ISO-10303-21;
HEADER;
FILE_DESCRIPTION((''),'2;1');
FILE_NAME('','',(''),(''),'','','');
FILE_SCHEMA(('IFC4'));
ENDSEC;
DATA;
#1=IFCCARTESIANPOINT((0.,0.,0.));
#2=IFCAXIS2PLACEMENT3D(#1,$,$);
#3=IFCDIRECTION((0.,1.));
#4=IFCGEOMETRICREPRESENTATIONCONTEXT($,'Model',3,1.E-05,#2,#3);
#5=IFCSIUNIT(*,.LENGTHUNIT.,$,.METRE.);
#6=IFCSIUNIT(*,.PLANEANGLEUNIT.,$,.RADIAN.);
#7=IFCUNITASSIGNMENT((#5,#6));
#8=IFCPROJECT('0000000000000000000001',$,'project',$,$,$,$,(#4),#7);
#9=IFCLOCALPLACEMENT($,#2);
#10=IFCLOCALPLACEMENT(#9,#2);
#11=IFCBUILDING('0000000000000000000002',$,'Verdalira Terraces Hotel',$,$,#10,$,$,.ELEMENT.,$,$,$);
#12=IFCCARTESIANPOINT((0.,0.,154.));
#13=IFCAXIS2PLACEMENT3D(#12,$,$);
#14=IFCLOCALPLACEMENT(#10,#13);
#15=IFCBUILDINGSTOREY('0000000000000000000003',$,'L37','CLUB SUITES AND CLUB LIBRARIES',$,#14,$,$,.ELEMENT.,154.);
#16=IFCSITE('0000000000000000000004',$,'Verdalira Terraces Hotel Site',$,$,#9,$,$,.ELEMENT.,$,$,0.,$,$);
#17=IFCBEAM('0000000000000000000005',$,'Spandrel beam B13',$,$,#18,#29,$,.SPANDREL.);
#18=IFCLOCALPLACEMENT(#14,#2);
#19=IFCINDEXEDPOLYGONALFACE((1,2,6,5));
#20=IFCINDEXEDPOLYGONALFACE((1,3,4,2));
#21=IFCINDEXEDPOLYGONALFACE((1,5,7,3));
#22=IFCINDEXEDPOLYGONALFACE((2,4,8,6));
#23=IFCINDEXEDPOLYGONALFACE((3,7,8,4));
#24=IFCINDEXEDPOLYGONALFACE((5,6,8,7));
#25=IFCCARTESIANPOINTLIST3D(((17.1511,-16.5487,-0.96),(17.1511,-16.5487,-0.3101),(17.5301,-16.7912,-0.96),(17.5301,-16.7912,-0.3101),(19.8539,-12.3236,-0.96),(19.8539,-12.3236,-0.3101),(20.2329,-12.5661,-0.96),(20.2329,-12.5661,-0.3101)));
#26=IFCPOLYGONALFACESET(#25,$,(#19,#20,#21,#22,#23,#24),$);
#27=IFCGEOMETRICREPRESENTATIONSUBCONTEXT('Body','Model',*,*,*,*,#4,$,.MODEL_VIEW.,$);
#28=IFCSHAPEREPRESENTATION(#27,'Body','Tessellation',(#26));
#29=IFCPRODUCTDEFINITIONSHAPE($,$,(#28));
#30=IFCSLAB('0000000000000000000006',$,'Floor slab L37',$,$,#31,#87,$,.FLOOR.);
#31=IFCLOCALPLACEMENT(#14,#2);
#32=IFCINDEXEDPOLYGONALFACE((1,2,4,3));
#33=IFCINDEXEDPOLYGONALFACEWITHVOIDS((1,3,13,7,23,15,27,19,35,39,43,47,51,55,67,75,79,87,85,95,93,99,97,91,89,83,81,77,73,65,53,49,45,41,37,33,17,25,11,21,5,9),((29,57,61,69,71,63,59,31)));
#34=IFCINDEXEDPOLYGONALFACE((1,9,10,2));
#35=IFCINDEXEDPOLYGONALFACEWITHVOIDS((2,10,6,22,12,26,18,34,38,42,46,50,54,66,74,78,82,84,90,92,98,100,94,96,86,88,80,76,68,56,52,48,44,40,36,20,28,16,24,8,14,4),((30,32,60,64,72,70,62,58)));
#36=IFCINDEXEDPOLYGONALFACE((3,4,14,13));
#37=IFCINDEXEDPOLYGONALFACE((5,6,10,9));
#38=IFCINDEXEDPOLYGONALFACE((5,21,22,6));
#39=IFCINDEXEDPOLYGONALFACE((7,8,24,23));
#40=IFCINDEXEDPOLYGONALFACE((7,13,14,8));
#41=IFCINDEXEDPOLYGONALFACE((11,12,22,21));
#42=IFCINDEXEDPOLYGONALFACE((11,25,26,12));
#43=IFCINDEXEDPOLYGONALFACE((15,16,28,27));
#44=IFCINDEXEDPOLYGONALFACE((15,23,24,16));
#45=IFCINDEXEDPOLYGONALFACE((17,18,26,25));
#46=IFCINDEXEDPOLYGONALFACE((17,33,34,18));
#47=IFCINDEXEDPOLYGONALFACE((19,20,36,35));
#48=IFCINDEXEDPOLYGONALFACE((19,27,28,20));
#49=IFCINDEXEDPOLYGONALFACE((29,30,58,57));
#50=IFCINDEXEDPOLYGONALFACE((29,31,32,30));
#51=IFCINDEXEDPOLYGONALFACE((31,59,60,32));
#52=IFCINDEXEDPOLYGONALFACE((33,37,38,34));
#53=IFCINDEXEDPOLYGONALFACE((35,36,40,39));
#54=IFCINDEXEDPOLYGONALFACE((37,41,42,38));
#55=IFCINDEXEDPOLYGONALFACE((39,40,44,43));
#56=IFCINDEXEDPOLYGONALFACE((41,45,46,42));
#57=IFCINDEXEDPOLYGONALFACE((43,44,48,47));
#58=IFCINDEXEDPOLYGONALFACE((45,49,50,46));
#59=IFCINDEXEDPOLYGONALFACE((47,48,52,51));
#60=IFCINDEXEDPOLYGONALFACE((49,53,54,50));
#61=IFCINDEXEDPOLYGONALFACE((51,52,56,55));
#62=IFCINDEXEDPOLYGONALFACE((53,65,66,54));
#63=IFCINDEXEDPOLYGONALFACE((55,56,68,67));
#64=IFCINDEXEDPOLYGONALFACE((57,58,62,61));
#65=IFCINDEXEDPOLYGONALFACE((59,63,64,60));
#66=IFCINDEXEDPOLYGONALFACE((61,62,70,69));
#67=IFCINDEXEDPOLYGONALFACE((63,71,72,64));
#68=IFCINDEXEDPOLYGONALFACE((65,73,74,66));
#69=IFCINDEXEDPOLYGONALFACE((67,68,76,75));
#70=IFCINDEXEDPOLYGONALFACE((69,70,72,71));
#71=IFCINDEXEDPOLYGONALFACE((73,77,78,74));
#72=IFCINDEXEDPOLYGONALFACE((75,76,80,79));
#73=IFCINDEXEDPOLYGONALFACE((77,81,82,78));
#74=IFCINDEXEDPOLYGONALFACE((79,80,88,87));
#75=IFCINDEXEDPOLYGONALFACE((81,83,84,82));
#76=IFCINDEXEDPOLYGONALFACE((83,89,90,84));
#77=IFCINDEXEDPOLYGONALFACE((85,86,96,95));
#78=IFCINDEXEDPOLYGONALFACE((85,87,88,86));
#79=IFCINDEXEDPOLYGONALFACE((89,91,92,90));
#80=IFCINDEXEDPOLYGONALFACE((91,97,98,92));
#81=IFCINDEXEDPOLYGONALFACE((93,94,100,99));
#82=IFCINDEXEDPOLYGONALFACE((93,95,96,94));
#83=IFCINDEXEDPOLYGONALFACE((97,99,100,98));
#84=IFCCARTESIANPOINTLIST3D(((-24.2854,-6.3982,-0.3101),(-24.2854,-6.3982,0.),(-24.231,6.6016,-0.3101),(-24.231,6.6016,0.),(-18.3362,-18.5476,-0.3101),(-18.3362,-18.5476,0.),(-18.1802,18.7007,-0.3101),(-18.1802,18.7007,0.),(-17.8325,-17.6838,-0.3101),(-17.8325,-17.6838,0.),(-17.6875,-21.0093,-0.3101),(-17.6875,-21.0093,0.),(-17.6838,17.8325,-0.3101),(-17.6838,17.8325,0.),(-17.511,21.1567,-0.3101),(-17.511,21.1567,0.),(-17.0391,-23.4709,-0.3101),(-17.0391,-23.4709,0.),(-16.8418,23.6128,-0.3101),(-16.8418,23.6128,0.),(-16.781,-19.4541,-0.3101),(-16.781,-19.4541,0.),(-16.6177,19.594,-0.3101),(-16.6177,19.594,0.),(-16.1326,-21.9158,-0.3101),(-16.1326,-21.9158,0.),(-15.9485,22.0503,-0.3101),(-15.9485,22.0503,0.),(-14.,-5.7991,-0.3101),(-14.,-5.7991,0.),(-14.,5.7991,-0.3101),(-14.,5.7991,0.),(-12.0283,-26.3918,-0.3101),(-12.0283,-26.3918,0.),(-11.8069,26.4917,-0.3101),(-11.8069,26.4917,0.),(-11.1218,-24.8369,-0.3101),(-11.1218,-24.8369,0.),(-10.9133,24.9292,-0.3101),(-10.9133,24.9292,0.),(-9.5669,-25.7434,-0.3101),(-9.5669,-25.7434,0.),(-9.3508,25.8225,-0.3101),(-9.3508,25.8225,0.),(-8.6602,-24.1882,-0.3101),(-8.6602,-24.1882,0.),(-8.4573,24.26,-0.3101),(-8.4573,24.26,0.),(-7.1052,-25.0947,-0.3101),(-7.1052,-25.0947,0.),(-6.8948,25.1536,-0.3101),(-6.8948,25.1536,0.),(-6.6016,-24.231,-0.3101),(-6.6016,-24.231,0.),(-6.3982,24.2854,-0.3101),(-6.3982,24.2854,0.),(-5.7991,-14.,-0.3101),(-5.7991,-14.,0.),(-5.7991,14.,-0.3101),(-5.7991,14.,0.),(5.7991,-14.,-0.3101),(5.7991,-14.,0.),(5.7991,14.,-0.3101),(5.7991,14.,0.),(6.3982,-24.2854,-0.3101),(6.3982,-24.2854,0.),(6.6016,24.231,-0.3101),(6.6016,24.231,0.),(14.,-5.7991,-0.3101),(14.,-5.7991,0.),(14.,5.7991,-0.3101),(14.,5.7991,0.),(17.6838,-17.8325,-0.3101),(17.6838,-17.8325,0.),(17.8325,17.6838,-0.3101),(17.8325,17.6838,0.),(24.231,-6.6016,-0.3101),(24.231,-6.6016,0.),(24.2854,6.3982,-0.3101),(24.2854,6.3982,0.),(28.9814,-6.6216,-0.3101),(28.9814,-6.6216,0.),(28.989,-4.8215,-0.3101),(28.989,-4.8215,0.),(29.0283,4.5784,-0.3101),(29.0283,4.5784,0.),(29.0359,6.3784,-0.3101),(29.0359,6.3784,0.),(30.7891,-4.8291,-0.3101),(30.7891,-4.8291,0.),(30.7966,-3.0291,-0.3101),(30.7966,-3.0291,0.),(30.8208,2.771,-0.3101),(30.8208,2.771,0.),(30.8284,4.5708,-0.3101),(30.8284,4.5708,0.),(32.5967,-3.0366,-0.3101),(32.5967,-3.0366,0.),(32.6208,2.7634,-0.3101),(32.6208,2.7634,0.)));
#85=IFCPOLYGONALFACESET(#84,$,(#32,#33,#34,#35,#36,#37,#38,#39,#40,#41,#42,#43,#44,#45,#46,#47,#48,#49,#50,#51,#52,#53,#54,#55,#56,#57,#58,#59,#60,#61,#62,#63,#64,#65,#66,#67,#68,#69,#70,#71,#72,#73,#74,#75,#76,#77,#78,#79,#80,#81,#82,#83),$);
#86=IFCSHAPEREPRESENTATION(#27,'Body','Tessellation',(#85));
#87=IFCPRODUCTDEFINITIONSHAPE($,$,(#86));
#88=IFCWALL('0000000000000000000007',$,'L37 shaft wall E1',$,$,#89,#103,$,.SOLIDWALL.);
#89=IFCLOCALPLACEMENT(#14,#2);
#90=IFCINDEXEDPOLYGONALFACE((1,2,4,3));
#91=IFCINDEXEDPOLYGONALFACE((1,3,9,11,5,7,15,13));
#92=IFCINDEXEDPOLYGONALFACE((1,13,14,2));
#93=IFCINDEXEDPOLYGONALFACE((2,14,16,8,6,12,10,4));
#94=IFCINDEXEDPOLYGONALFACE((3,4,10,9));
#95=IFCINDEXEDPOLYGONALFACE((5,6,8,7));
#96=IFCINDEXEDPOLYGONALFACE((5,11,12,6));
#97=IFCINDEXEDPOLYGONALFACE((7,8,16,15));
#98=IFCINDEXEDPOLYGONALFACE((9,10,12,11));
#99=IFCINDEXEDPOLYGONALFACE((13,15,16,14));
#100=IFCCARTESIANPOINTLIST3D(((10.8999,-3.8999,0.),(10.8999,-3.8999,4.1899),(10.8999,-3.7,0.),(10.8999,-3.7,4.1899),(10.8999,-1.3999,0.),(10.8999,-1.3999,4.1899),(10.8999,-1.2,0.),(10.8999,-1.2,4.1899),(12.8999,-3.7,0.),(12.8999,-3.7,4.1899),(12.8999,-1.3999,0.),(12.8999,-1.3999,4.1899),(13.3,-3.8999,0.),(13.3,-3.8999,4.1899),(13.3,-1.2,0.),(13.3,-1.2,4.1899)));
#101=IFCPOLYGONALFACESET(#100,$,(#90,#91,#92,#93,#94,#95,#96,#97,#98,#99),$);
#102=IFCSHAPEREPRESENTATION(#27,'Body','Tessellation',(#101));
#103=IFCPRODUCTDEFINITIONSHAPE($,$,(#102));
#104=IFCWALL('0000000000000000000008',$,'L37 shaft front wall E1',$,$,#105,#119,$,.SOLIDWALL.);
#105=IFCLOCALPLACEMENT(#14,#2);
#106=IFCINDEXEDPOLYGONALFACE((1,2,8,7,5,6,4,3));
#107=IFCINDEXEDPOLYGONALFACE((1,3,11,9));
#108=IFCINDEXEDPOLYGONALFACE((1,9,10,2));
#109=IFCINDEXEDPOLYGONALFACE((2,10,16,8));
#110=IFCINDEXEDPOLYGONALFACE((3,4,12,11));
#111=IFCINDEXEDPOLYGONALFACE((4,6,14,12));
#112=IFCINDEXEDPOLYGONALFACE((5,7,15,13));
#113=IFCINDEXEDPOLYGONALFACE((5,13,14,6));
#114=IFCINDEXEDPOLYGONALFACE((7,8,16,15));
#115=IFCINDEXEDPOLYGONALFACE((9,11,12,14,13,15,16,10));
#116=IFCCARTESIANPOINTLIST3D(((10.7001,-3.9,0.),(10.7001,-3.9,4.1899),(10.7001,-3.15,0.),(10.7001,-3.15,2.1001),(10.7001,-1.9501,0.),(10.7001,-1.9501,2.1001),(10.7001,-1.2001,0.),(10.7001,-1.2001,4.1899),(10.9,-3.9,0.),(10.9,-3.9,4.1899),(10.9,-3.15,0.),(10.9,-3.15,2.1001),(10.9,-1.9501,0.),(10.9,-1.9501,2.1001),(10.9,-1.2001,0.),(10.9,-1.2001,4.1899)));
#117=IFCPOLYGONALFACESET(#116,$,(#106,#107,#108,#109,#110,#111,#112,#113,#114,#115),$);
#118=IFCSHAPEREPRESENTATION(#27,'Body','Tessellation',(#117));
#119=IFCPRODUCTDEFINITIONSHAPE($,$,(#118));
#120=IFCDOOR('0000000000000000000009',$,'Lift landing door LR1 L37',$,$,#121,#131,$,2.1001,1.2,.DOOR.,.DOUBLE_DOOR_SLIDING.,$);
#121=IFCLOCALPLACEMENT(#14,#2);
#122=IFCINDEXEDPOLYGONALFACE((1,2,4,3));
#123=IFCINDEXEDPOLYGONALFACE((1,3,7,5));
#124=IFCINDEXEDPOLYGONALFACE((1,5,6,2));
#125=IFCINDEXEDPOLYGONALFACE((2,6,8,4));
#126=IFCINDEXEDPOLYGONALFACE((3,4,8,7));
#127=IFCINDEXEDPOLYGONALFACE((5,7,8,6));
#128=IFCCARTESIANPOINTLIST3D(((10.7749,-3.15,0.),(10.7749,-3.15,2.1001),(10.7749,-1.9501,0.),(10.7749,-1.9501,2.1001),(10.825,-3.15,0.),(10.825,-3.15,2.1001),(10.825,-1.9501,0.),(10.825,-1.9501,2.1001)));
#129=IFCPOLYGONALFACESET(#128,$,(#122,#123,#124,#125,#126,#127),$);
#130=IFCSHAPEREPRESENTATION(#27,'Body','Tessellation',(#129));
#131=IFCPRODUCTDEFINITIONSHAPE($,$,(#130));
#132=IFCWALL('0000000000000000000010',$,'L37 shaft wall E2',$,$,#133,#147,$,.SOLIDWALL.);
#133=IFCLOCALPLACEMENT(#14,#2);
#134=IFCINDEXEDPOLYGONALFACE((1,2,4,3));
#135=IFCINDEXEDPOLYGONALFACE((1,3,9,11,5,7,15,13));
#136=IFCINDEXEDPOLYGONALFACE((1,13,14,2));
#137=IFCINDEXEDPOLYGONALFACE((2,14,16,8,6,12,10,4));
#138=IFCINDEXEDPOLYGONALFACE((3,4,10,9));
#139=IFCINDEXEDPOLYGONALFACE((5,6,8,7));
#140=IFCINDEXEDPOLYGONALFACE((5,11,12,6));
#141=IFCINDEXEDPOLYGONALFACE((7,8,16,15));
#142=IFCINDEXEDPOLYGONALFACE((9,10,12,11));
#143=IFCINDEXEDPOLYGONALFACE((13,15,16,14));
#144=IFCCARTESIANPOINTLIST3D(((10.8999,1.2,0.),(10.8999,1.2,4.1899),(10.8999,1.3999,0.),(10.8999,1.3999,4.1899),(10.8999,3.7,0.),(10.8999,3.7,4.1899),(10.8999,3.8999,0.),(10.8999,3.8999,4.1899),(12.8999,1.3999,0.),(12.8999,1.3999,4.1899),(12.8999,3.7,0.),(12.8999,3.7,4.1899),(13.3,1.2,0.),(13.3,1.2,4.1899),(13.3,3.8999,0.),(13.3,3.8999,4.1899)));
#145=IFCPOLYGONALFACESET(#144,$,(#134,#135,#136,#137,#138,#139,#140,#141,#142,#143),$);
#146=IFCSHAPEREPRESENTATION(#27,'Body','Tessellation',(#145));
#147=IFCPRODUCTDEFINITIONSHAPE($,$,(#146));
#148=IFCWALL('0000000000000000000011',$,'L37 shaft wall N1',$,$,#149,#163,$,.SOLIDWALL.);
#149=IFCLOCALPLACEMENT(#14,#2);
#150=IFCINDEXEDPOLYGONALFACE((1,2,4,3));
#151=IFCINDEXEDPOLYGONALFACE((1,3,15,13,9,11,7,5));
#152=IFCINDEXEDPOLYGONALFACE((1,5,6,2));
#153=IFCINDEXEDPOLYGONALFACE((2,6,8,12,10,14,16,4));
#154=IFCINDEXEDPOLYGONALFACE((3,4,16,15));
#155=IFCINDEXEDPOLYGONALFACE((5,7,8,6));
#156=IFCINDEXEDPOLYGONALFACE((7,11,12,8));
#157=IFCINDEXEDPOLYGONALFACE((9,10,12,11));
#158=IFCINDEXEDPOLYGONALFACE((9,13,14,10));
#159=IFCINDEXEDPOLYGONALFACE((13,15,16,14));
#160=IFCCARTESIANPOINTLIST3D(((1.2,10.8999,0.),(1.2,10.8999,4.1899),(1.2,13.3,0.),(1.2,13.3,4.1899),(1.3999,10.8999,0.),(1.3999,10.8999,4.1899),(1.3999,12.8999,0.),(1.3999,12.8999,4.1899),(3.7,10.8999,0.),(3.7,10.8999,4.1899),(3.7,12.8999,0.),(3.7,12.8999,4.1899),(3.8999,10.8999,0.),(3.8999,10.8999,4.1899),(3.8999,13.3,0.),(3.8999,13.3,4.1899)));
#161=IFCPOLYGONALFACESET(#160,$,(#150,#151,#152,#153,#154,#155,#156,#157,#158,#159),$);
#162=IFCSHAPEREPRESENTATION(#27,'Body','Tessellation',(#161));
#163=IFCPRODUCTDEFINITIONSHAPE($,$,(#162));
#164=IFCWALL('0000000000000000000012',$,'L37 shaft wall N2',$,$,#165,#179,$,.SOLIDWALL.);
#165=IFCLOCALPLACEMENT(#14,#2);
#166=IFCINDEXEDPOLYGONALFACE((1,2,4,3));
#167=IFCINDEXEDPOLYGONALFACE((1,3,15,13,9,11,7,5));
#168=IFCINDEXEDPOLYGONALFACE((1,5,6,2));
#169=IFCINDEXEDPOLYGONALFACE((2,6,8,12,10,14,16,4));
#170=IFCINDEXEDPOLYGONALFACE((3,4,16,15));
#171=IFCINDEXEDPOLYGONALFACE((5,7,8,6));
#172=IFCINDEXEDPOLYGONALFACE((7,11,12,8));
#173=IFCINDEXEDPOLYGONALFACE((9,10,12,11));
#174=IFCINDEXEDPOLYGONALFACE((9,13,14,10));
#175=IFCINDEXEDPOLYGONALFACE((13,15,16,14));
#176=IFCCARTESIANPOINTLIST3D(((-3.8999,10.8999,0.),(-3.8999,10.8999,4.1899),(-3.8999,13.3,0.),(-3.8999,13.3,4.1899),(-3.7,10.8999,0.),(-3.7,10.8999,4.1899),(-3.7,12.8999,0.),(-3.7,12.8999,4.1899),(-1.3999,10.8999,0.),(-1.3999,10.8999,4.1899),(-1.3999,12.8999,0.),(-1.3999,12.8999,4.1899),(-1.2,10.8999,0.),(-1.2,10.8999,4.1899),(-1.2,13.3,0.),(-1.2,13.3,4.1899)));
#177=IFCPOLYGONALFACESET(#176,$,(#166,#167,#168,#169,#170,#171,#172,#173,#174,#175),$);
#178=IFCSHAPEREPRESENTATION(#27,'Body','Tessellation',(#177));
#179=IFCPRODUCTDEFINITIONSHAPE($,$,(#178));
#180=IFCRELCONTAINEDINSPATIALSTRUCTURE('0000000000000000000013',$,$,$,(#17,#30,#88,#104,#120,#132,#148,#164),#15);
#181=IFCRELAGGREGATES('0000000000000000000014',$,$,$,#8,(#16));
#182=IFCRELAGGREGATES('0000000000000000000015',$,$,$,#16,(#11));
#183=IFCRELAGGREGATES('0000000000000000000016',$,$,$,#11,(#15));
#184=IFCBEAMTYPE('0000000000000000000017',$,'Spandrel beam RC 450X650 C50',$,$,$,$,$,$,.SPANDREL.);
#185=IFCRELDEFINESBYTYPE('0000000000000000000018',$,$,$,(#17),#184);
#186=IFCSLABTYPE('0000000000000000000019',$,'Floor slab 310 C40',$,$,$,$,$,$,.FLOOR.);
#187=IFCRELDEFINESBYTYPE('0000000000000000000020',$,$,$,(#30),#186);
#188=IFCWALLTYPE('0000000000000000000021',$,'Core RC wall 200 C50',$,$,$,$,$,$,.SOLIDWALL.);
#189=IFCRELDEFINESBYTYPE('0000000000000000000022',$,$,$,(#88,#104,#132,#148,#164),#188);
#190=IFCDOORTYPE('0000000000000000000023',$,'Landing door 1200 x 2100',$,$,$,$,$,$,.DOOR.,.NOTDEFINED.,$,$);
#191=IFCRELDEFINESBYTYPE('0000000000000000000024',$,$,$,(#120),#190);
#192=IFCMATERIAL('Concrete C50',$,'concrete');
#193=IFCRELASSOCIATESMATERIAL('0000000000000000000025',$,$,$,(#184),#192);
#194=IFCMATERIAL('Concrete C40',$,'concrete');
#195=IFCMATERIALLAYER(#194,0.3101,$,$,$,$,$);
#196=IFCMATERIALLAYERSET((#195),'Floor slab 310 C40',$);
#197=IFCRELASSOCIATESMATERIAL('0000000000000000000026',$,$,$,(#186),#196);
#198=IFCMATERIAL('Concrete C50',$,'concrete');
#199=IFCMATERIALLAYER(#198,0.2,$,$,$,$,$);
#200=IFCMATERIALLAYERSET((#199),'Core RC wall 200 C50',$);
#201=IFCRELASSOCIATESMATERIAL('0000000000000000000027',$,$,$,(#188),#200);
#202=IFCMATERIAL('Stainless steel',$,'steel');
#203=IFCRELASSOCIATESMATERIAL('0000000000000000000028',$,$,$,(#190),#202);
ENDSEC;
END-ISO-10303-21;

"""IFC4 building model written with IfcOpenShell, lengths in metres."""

from ifc_helpers import new_model, si_unit, direction, frame, frame_2d, origin, origin_2d, place, context, subcontext, project, spatial, polyline, rectangle, outline, extrude, material, layer, layer_set, material_profile, profile_set, type_object, element, fill, save


model = new_model("IFC4")

# Units and contexts
model_context = context("Model", 3, precision=1e-05, world=origin(), true_north=direction((0.0, 1.0)))
body_context = subcontext(model_context, "Body", "Model", "MODEL_VIEW")
ifc_project = project(units=[si_unit("LENGTHUNIT", "METRE"), si_unit("PLANEANGLEUNIT", "RADIAN")], contexts=[model_context])

# Site, building, storey
site_placement = place(None, origin())
site = spatial("IfcSite", under=ifc_project, at=site_placement, Name="Verdalira Terraces Hotel Site", CompositionType="ELEMENT", RefElevation=0.0)
building_placement = place(site_placement, origin())
building = spatial("IfcBuilding", under=site, at=building_placement, Name="Verdalira Terraces Hotel", CompositionType="ELEMENT")
storey_placement = place(building_placement, frame((0.0, 0.0, 154.0)))
storey = spatial("IfcBuildingStorey", under=building, at=storey_placement, Name="L37", Description="CLUB SUITES AND CLUB LIBRARIES", CompositionType="ELEMENT", Elevation=154.0)

# Beam
ifc_material_1 = material(Name="Concrete C50", Category="concrete")
ifc_material_profile = material_profile(ifc_material_1, rectangle(XDim=0.45, YDim=0.6499, at=origin_2d()), Name="RC 450X650")
ifc_profile_set = profile_set([ifc_material_profile], Name="Concrete C50")
beam_type = type_object("IfcBeamType", Name="Spandrel beam RC 450X650 C50", PredefinedType="SPANDREL", material=ifc_profile_set)
beam_placement = place(storey_placement, frame((17.3406, -16.6699, -0.635), z_axis=(0.538887, 0.842378, 0.0), x_axis=(-0.842378, 0.538887, 0.0)))
element("IfcBeam", 1, at=beam_placement, inside=storey, type_object=beam_type, Name="Spandrel beam B13", PredefinedType="SPANDREL", context=body_context, shape_type="SweptSolid", body=[
    extrude(rectangle(XDim=0.45, YDim=0.6499, at=origin_2d()), origin(), (0.0, 0.0, 1.0), 5.0156),
])

# Slab
ifc_material_2 = material(Name="Concrete C40", Category="concrete")
ifc_layer_1 = layer(ifc_material_2, 0.3101)
ifc_layer_set_1 = layer_set([ifc_layer_1], Name="Floor slab 310 C40")
slab_type = type_object("IfcSlabType", Name="Floor slab 310 C40", PredefinedType="FLOOR", material=ifc_layer_set_1)
slab_placement = place(storey_placement, frame((0.0, 0.0, -0.3101)))
element("IfcSlab", 2, at=slab_placement, inside=storey, type_object=slab_type, Name="Floor slab L37", PredefinedType="FLOOR", context=body_context, shape_type="SweptSolid", body=[
    extrude(outline(polyline([(6.6016, 24.231), (-6.3982, 24.2854), (-6.8948, 25.1536), (-8.4573, 24.26), (-9.3508, 25.8225), (-10.9133, 24.9292), (-11.8069, 26.4917), (-16.8418, 23.6128), (-15.9485, 22.0503), (-17.511, 21.1567), (-16.6177, 19.594), (-18.1802, 18.7007), (-17.6838, 17.8325), (-24.231, 6.6016), (-24.2854, -6.3982), (-17.8325, -17.6838), (-18.3362, -18.5476), (-16.781, -19.4541), (-17.6875, -21.0093), (-16.1326, -21.9158), (-17.0391, -23.4709), (-12.0283, -26.3918), (-11.1218, -24.8369), (-9.5669, -25.7434), (-8.6602, -24.1882), (-7.1052, -25.0947), (-6.6016, -24.231), (6.3982, -24.2854), (17.6838, -17.8325), (24.231, -6.6016), (28.9814, -6.6216), (28.989, -4.8215), (30.7891, -4.8291), (30.7966, -3.0291), (32.5967, -3.0366), (32.6208, 2.7634), (30.8208, 2.771), (30.8284, 4.5708), (29.0283, 4.5784), (29.0359, 6.3784), (24.2854, 6.3982), (17.8325, 17.6838), (6.6016, 24.231)]), holes=[polyline([(5.7991, 14.0), (14.0, 5.7991), (14.0, -5.7991), (5.7991, -14.0), (-5.7991, -14.0), (-14.0, -5.7991), (-14.0, 5.7991), (-5.7991, 14.0), (5.7991, 14.0)])]), origin(), (0.0, 0.0, 1.0), 0.3101),
])

# Wall
ifc_material_3 = material(Name="Concrete C50", Category="concrete")
ifc_layer_2 = layer(ifc_material_3, 0.2)
ifc_layer_set_2 = layer_set([ifc_layer_2], Name="Core RC wall 200 C50")
wall_type_1 = type_object("IfcWallType", Name="Core RC wall 200 C50", PredefinedType="SOLIDWALL", material=ifc_layer_set_2)
wall_1_placement = place(storey_placement, origin())
element("IfcWall", 3, at=wall_1_placement, inside=storey, type_object=wall_type_1, Name="L37 shaft wall E1", PredefinedType="SOLIDWALL", context=body_context, shape_type="SweptSolid", body=[
    extrude(outline(polyline([(13.3, -3.8999), (10.8999, -3.8999), (10.8999, -3.7), (12.8999, -3.7), (12.8999, -1.3999), (10.8999, -1.3999), (10.8999, -1.2), (13.3, -1.2), (13.3, -3.8999)])), origin(), (0.0, 0.0, 1.0), 4.1899),
])

# Wall, opening, door
wall_2_placement = place(storey_placement, frame((10.8, -1.2, 0.0), z_axis=(0.0, 0.0, 1.0), x_axis=(0.0, -1.0, 0.0)))
wall_2 = element("IfcWall", 4, at=wall_2_placement, inside=storey, type_object=wall_type_1, Name="L37 shaft front wall E1", PredefinedType="SOLIDWALL", context=body_context, shape_type="SweptSolid", body=[
    extrude(rectangle(XDim=2.7, YDim=0.2, at=frame_2d((1.3501, 0.0))), origin(), (0.0, 0.0, 1.0), 4.1899),
])
opening_1_placement = place(wall_2_placement, frame((0.75, 0.0, 0.0)))
opening_1 = element("IfcOpeningElement", 5, at=opening_1_placement, cuts=wall_2, PredefinedType="OPENING", context=body_context, shape_type="SweptSolid", body=[
    extrude(rectangle(XDim=1.2, YDim=2.1001, at=frame_2d((0.6001, 1.05))), frame((0.0, 0.1099, 0.0), z_axis=(0.0, -1.0, 0.0), x_axis=(1.0, 0.0, 0.0)), (0.0, 0.0, 1.0), 0.22),
])
ifc_material_4 = material(Name="Stainless steel", Category="steel")
door_type_1 = type_object("IfcDoorType", Name="Landing door 1200 x 2100", OperationType="NOTDEFINED", PredefinedType="DOOR", material=ifc_material_4)
door_1_placement = place(opening_1_placement, origin())
door_1 = element("IfcDoor", 6, at=door_1_placement, inside=storey, type_object=door_type_1, Name="Lift landing door LR1 L37", OperationType="DOUBLE_DOOR_SLIDING", OverallHeight=2.1001, OverallWidth=1.2, PredefinedType="DOOR", context=body_context, shape_type="SweptSolid", body=[
    extrude(rectangle(XDim=1.2, YDim=2.1001, at=frame_2d((0.6001, 1.05))), frame((0.0, 0.0249, 0.0), z_axis=(0.0, -1.0, 0.0), x_axis=(1.0, 0.0, 0.0)), (0.0, 0.0, 1.0), 0.05),
])
fill(opening_1, door_1)

# Walls
wall_3_placement = place(storey_placement, origin())
element("IfcWall", 7, at=wall_3_placement, inside=storey, type_object=wall_type_1, Name="L37 shaft wall E2", PredefinedType="SOLIDWALL", context=body_context, shape_type="SweptSolid", body=[
    extrude(outline(polyline([(13.3, 3.8999), (13.3, 1.2), (10.8999, 1.2), (10.8999, 1.3999), (12.8999, 1.3999), (12.8999, 3.7), (10.8999, 3.7), (10.8999, 3.8999), (13.3, 3.8999)])), origin(), (0.0, 0.0, 1.0), 4.1899),
])
wall_4_placement = place(storey_placement, origin())
element("IfcWall", 8, at=wall_4_placement, inside=storey, type_object=wall_type_1, Name="L37 shaft wall N1", PredefinedType="SOLIDWALL", context=body_context, shape_type="SweptSolid", body=[
    extrude(outline(polyline([(3.8999, 13.3), (3.8999, 10.8999), (3.7, 10.8999), (3.7, 12.8999), (1.3999, 12.8999), (1.3999, 10.8999), (1.2, 10.8999), (1.2, 13.3), (3.8999, 13.3)])), origin(), (0.0, 0.0, 1.0), 4.1899),
])
wall_5_placement = place(storey_placement, origin())
element("IfcWall", 9, at=wall_5_placement, inside=storey, type_object=wall_type_1, Name="L37 shaft wall N2", PredefinedType="SOLIDWALL", context=body_context, shape_type="SweptSolid", body=[
    extrude(outline(polyline([(-3.8999, 10.8999), (-3.8999, 13.3), (-1.2, 13.3), (-1.2, 10.8999), (-1.3999, 10.8999), (-1.3999, 12.8999), (-3.7, 12.8999), (-3.7, 10.8999), (-3.8999, 10.8999)])), origin(), (0.0, 0.0, 1.0), 4.1899),
])

save(model, "model.ifc")
